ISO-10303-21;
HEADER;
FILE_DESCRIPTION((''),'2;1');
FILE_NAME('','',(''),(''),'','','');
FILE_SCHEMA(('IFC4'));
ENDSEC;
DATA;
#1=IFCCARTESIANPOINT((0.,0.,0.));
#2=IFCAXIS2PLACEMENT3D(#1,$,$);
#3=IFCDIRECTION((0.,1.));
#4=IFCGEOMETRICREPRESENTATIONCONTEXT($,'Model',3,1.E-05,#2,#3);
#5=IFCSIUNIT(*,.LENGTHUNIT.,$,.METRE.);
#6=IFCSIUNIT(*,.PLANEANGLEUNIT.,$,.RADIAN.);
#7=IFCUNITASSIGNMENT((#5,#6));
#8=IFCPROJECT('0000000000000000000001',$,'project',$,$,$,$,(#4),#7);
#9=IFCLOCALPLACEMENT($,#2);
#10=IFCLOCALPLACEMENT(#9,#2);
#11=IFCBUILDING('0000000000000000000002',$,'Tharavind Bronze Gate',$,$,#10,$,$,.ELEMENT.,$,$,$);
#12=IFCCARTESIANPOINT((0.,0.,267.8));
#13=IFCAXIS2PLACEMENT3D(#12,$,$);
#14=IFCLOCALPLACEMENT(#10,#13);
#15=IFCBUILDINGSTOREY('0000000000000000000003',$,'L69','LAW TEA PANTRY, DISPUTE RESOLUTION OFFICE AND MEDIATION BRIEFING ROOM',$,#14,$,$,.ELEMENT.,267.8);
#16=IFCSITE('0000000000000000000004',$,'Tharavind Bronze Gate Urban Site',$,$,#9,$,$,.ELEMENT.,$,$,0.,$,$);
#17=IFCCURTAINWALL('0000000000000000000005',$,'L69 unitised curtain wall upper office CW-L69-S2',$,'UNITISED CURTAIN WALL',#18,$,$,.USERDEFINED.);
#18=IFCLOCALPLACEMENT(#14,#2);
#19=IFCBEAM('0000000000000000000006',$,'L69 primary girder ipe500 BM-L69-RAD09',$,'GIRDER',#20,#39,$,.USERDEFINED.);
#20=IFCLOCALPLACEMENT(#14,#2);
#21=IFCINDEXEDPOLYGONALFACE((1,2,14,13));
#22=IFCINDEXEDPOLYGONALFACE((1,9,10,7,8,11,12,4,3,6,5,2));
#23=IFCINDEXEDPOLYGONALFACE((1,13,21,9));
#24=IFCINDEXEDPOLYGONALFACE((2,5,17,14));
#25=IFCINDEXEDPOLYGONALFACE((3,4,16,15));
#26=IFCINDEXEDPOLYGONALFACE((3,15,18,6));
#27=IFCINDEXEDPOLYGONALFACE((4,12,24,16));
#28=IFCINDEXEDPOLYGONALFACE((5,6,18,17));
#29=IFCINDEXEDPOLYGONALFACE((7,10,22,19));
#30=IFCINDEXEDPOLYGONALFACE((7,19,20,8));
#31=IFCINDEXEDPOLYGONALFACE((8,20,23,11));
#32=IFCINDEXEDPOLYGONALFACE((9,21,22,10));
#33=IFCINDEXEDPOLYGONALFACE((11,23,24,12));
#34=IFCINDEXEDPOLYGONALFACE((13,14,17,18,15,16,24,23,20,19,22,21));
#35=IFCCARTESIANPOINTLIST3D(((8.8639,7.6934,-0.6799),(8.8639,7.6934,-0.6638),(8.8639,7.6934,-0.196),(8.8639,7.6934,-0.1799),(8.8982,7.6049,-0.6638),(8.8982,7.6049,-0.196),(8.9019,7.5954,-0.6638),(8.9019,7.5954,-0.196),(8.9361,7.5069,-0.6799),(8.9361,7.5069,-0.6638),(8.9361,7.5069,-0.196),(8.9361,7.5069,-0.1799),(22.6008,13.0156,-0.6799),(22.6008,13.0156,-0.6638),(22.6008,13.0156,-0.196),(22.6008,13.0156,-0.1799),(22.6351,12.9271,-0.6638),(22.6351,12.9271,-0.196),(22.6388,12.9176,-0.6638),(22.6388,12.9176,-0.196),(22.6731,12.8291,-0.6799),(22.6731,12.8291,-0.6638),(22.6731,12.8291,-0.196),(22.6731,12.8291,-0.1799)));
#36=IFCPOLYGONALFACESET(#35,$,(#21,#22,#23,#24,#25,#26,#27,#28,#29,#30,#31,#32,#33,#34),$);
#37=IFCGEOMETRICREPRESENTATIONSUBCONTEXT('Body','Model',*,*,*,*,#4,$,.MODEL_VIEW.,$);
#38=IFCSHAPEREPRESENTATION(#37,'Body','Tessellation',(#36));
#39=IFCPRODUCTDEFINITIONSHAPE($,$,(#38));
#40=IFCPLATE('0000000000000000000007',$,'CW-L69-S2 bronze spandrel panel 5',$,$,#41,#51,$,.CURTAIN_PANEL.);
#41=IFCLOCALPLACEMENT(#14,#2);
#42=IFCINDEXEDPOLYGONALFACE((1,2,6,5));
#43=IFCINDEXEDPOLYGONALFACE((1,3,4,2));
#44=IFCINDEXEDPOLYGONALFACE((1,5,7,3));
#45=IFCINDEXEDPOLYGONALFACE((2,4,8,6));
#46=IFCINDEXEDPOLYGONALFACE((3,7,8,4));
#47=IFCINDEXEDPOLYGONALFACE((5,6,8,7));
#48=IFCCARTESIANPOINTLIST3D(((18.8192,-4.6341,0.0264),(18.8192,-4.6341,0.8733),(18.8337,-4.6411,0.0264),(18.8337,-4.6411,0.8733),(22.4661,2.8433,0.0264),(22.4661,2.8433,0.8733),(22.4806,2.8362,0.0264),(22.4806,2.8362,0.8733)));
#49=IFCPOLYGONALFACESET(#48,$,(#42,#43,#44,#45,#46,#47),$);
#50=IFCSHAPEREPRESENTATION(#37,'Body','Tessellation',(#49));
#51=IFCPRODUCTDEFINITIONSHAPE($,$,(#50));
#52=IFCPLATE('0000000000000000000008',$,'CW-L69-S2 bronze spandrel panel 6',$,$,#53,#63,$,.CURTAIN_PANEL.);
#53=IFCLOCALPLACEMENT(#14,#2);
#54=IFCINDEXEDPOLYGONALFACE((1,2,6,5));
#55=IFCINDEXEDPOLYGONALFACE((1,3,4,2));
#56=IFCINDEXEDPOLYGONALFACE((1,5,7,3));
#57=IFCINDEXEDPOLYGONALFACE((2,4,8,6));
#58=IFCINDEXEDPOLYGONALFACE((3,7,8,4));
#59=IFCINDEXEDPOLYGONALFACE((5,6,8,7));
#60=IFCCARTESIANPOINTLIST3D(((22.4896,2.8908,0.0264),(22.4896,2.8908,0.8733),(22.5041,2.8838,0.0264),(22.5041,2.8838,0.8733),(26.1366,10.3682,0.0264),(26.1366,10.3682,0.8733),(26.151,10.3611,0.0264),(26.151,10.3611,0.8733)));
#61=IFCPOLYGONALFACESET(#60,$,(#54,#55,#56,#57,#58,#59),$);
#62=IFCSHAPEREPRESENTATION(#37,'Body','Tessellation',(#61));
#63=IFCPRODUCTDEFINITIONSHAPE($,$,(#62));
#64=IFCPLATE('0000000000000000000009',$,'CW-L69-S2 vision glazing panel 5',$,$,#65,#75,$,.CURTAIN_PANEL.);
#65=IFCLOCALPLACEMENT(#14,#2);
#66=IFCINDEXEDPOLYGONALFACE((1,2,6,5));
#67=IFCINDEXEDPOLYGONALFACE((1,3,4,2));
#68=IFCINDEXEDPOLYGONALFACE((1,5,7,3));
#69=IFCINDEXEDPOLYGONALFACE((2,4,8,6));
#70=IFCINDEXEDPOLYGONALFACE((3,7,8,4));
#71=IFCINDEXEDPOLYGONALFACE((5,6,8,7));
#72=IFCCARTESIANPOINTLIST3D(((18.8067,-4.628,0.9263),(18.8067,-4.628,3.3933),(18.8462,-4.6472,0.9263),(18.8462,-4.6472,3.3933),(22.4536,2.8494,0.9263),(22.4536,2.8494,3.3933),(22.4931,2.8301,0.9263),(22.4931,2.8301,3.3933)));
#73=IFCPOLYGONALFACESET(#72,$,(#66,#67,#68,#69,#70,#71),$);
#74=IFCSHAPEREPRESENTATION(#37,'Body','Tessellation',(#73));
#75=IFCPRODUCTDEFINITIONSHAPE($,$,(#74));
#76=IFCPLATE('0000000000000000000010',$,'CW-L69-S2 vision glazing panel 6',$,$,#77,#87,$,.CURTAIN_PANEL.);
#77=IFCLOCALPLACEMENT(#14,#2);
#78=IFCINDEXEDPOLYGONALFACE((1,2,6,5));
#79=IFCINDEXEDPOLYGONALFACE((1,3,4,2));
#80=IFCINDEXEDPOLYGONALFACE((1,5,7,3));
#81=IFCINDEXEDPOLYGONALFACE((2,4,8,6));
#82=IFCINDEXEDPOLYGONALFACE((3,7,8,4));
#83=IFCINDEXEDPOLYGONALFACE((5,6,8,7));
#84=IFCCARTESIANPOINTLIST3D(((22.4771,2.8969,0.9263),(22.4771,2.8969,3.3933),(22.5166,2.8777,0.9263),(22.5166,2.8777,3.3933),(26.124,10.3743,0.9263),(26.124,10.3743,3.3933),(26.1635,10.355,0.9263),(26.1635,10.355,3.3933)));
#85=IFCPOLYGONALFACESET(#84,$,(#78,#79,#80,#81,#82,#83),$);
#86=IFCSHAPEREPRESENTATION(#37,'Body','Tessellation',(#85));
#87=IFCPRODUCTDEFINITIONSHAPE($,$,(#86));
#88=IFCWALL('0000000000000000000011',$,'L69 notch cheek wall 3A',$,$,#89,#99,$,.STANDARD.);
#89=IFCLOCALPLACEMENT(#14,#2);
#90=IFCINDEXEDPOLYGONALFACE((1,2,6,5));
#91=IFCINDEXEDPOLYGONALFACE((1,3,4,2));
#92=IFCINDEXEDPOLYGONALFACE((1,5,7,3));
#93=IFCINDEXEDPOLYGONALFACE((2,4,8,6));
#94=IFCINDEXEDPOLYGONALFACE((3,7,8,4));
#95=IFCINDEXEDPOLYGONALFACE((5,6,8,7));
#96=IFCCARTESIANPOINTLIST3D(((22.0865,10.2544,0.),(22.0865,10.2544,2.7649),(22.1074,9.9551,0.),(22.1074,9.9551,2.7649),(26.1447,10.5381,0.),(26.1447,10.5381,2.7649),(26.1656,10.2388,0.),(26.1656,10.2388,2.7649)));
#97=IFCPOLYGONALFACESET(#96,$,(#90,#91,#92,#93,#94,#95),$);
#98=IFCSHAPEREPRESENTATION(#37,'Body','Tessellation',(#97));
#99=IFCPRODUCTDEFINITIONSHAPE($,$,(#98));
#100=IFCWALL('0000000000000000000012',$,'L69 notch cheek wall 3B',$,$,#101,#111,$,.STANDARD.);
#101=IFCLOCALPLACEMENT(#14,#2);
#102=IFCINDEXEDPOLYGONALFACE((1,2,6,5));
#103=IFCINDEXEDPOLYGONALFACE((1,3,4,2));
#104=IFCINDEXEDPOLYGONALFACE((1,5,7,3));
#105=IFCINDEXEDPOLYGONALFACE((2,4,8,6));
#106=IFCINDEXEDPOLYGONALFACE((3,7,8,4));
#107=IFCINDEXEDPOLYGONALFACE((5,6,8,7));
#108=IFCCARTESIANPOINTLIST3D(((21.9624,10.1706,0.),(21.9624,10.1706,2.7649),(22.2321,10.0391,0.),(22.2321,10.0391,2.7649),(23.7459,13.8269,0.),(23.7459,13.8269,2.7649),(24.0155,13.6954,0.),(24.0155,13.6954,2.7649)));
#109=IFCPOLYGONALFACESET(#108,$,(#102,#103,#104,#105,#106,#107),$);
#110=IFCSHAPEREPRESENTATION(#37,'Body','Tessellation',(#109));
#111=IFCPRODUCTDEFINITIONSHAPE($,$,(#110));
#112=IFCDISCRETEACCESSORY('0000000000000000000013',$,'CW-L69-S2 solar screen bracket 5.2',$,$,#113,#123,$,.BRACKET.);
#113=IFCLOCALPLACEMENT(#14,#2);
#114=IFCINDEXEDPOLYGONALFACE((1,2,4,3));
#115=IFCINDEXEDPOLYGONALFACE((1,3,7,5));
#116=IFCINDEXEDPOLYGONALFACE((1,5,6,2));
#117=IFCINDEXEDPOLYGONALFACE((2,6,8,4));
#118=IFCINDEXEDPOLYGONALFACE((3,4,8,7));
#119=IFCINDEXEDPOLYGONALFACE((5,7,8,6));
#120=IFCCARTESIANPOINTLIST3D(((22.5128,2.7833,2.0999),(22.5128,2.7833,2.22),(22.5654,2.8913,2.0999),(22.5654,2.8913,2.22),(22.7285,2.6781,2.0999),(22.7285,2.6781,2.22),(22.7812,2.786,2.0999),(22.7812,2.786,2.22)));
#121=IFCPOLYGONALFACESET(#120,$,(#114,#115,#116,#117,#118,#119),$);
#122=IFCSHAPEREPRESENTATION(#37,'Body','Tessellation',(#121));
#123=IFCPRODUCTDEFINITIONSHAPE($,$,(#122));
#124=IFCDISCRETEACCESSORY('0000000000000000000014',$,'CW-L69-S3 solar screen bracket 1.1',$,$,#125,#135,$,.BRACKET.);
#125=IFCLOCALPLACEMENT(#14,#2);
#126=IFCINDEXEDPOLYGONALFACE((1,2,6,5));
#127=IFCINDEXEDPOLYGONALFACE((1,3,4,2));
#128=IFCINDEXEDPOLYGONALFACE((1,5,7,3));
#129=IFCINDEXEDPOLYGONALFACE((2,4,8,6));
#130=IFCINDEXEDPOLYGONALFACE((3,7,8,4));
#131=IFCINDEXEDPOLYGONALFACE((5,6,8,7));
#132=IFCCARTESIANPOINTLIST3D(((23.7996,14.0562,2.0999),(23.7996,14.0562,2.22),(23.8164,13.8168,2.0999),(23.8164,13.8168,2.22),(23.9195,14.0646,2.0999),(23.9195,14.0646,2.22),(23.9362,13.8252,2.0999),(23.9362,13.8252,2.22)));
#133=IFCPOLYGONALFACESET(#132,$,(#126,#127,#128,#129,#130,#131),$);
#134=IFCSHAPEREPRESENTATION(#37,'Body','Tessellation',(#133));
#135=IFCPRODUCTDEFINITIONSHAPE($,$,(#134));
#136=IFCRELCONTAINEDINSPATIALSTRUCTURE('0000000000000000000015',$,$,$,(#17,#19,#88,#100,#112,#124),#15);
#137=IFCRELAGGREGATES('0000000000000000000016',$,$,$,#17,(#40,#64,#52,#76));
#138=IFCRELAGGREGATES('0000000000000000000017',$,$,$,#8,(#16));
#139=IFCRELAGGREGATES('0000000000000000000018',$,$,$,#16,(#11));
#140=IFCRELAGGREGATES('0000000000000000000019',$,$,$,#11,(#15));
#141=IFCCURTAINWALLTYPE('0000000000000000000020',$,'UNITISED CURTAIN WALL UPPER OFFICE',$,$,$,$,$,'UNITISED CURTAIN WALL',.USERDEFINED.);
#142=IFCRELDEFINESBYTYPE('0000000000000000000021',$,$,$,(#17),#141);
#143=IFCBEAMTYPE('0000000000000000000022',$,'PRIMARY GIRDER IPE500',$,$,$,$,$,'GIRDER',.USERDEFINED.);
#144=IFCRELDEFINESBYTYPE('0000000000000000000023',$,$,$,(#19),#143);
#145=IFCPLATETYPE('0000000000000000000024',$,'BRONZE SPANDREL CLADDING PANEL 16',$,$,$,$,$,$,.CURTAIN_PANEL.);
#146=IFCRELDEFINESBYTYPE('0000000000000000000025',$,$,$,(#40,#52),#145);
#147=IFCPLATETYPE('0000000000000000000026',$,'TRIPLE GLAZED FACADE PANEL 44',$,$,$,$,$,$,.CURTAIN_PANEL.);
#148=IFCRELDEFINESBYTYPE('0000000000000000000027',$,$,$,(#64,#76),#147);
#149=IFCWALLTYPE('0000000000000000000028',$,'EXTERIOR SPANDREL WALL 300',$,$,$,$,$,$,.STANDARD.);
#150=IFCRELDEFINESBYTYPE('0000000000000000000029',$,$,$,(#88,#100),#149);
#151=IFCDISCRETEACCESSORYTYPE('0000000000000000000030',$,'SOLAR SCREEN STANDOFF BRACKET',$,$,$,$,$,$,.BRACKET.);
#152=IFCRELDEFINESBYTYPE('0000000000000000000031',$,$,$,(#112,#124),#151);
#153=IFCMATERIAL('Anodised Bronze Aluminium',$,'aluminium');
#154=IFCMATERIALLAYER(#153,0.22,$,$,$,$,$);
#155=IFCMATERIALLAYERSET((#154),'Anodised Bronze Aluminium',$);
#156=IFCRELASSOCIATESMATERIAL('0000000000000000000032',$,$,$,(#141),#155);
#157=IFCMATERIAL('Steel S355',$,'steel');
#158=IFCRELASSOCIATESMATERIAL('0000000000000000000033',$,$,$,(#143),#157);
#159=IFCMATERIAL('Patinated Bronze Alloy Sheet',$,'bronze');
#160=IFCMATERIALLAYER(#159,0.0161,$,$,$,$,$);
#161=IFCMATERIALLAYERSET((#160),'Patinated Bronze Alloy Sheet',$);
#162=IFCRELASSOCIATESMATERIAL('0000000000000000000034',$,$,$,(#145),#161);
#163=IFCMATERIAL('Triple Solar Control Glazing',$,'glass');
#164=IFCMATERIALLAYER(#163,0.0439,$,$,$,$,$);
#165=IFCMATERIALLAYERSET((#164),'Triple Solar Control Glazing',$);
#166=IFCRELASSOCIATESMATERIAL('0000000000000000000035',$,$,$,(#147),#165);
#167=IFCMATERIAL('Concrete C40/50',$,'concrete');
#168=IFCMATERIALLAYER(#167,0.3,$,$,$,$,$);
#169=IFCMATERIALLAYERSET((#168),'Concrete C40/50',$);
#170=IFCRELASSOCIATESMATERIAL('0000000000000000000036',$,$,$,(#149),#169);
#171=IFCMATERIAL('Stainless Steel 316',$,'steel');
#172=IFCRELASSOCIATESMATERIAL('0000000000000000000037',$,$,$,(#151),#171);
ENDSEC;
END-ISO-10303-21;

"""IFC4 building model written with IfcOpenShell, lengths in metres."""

from ifc_helpers import new_model, si_unit, direction, frame, frame_2d, origin, origin_2d, place, context, subcontext, project, spatial, rectangle, i_section, extrude, material, layer, layer_set, material_profile, profile_set, type_object, element, aggregate, save


model = new_model("IFC4")

# Units and contexts
model_context = context("Model", 3, precision=1e-05, world=origin(), true_north=direction((0.0, 1.0)))
body_context = subcontext(model_context, "Body", "Model", "MODEL_VIEW")
ifc_project = project(units=[si_unit("LENGTHUNIT", "METRE"), si_unit("PLANEANGLEUNIT", "RADIAN")], contexts=[model_context])

# Site, building, storey
site_placement = place(None, origin())
site = spatial("IfcSite", under=ifc_project, at=site_placement, Name="Tharavind Bronze Gate Urban Site", CompositionType="ELEMENT", RefElevation=0.0)
building_placement = place(site_placement, origin())
building = spatial("IfcBuilding", under=site, at=building_placement, Name="Tharavind Bronze Gate", CompositionType="ELEMENT")
storey_placement = place(building_placement, frame((0.0, 0.0, 267.8)))
storey = spatial("IfcBuildingStorey", under=building, at=storey_placement, Name="L69", Description="LAW TEA PANTRY, DISPUTE RESOLUTION OFFICE AND MEDIATION BRIEFING ROOM", CompositionType="ELEMENT", Elevation=267.8)

# Curtain wall
ifc_material_1 = material(Name="Anodised Bronze Aluminium", Category="aluminium")
ifc_layer_1 = layer(ifc_material_1, 0.22)
ifc_layer_set_1 = layer_set([ifc_layer_1], Name="Anodised Bronze Aluminium")
curtain_wall_type = type_object("IfcCurtainWallType", Name="UNITISED CURTAIN WALL UPPER OFFICE", ElementType="UNITISED CURTAIN WALL", PredefinedType="USERDEFINED", material=ifc_layer_set_1)
curtain_wall_1_placement = place(storey_placement, origin())
curtain_wall_1 = element("IfcCurtainWall", 1, at=curtain_wall_1_placement, inside=storey, type_object=curtain_wall_type, Name="L69 unitised curtain wall upper office CW-L69-S2", ObjectType="UNITISED CURTAIN WALL", PredefinedType="USERDEFINED")

# Beam
ifc_material_2 = material(Name="Steel S355", Category="steel")
ifc_material_profile_1 = material_profile(ifc_material_2, i_section(OverallWidth=0.2, OverallDepth=0.5, WebThickness=0.0103, FlangeThickness=0.0161, at=origin_2d()), Name="IPE500")
ifc_profile_set_1 = profile_set([ifc_material_profile_1], Name="Steel S355")
beam_type_1 = type_object("IfcBeamType", Name="PRIMARY GIRDER IPE500", ElementType="GIRDER", PredefinedType="USERDEFINED", material=ifc_profile_set_1)
beam_1_placement = place(storey_placement, frame((22.637, 12.9224, -0.4299), z_axis=(-0.932461, -0.361271, 0.0), x_axis=(0.361271, -0.932461, 0.0)))
element("IfcBeam", 2, at=beam_1_placement, inside=storey, type_object=beam_type_1, Name="L69 primary girder ipe500 BM-L69-RAD09", ObjectType="GIRDER", PredefinedType="USERDEFINED", context=body_context, shape_type="SweptSolid", body=[
    extrude(i_section(OverallWidth=0.2, OverallDepth=0.5, WebThickness=0.0103, FlangeThickness=0.0161, at=origin_2d()), origin(), (0.0, 0.0, 1.0), 14.7319),
])

# Plates
ifc_material_3 = material(Name="Patinated Bronze Alloy Sheet", Category="bronze")
ifc_layer_2 = layer(ifc_material_3, 0.0161)
ifc_layer_set_2 = layer_set([ifc_layer_2], Name="Patinated Bronze Alloy Sheet")
plate_type_1 = type_object("IfcPlateType", Name="BRONZE SPANDREL CLADDING PANEL 16", PredefinedType="CURTAIN_PANEL", material=ifc_layer_set_2)
plate_1_placement = place(storey_placement, frame((20.6499, -0.8989, 0.0264), z_axis=(0.0, 0.0, 1.0), x_axis=(0.438373, 0.898793, 0.0)))
plate_1 = element("IfcPlate", 3, at=plate_1_placement, type_object=plate_type_1, Name="CW-L69-S2 bronze spandrel panel 5", PredefinedType="CURTAIN_PANEL", context=body_context, shape_type="SweptSolid", body=[
    extrude(rectangle(XDim=8.3193, YDim=0.0161, at=origin_2d()), origin(), (0.0, 0.0, 1.0), 0.8469),
])
plate_2_placement = place(storey_placement, frame((24.3203, 6.626, 0.0264), z_axis=(0.0, 0.0, 1.0), x_axis=(0.438373, 0.898793, 0.0)))
plate_2 = element("IfcPlate", 4, at=plate_2_placement, type_object=plate_type_1, Name="CW-L69-S2 bronze spandrel panel 6", PredefinedType="CURTAIN_PANEL", context=body_context, shape_type="SweptSolid", body=[
    extrude(rectangle(XDim=8.3193, YDim=0.0161, at=origin_2d()), origin(), (0.0, 0.0, 1.0), 0.8469),
])
ifc_material_4 = material(Name="Triple Solar Control Glazing", Category="glass")
ifc_layer_3 = layer(ifc_material_4, 0.0439)
ifc_layer_set_3 = layer_set([ifc_layer_3], Name="Triple Solar Control Glazing")
plate_type_2 = type_object("IfcPlateType", Name="TRIPLE GLAZED FACADE PANEL 44", PredefinedType="CURTAIN_PANEL", material=ifc_layer_set_3)
plate_3_placement = place(storey_placement, frame((20.6499, -0.8989, 0.9263), z_axis=(0.0, 0.0, 1.0), x_axis=(0.438373, 0.898793, 0.0)))
plate_3 = element("IfcPlate", 5, at=plate_3_placement, type_object=plate_type_2, Name="CW-L69-S2 vision glazing panel 5", PredefinedType="CURTAIN_PANEL", context=body_context, shape_type="SweptSolid", body=[
    extrude(rectangle(XDim=8.3193, YDim=0.0439, at=origin_2d()), origin(), (0.0, 0.0, 1.0), 2.467),
])
plate_4_placement = place(storey_placement, frame((24.3203, 6.626, 0.9263), z_axis=(0.0, 0.0, 1.0), x_axis=(0.438373, 0.898793, 0.0)))
plate_4 = element("IfcPlate", 6, at=plate_4_placement, type_object=plate_type_2, Name="CW-L69-S2 vision glazing panel 6", PredefinedType="CURTAIN_PANEL", context=body_context, shape_type="SweptSolid", body=[
    extrude(rectangle(XDim=8.3193, YDim=0.0439, at=origin_2d()), origin(), (0.0, 0.0, 1.0), 2.467),
])
aggregate(curtain_wall_1, [plate_1, plate_3, plate_2, plate_4])

# Walls
ifc_material_5 = material(Name="Concrete C40/50", Category="concrete")
ifc_layer_4 = layer(ifc_material_5, 0.3)
ifc_layer_set_4 = layer_set([ifc_layer_4], Name="Concrete C40/50")
wall_type = type_object("IfcWallType", Name="EXTERIOR SPANDREL WALL 300", PredefinedType="STANDARD", material=ifc_layer_set_4)
for number, where, z_axis, x_axis, name in (
    (7, (26.1553, 10.3884, 0.0), (0.0, 0.0, 1.0), (-0.997565, -0.069737, 0.0), "L69 notch cheek wall 3A"),
    (8, (22.0972, 10.1047, 0.0), (0.0, 0.0, 1.0), (0.438406, 0.898777, 0.0), "L69 notch cheek wall 3B"),
):
    element("IfcWall", number, at=place(storey_placement, frame(where, z_axis=z_axis, x_axis=x_axis)), inside=storey, type_object=wall_type, Name=name, PredefinedType="STANDARD", context=body_context, shape_type="SweptSolid", body=[
        extrude(rectangle(XDim=4.0681, YDim=0.3, at=frame_2d((2.0342, 0.0))), origin(), (0.0, 0.0, 1.0), 2.7649),
    ])

# Discrete accessories
ifc_material_6 = material(Name="Stainless Steel 316", Category="steel")
discrete_accessory_type = type_object("IfcDiscreteAccessoryType", Name="SOLAR SCREEN STANDOFF BRACKET", PredefinedType="BRACKET", material=ifc_material_6)
for number, where, z_axis, x_axis, name in (
    (9, (22.647, 2.7847, 2.0999), (0.0, 0.0, 1.0), (0.438373, 0.898793, 0.0), "CW-L69-S2 solar screen bracket 5.2"),
    (10, (23.8679, 13.9407, 2.0999), (0.0, 0.0, 1.0), (-0.997564, -0.06976, 0.0), "CW-L69-S3 solar screen bracket 1.1"),
):
    element("IfcDiscreteAccessory", number, at=place(storey_placement, frame(where, z_axis=z_axis, x_axis=x_axis)), inside=storey, type_object=discrete_accessory_type, Name=name, PredefinedType="BRACKET", context=body_context, shape_type="SweptSolid", body=[
        extrude(rectangle(XDim=0.1201, YDim=0.24, at=origin_2d()), origin(), (0.0, 0.0, 1.0), 0.1201),
    ])

save(model, "model.ifc")
